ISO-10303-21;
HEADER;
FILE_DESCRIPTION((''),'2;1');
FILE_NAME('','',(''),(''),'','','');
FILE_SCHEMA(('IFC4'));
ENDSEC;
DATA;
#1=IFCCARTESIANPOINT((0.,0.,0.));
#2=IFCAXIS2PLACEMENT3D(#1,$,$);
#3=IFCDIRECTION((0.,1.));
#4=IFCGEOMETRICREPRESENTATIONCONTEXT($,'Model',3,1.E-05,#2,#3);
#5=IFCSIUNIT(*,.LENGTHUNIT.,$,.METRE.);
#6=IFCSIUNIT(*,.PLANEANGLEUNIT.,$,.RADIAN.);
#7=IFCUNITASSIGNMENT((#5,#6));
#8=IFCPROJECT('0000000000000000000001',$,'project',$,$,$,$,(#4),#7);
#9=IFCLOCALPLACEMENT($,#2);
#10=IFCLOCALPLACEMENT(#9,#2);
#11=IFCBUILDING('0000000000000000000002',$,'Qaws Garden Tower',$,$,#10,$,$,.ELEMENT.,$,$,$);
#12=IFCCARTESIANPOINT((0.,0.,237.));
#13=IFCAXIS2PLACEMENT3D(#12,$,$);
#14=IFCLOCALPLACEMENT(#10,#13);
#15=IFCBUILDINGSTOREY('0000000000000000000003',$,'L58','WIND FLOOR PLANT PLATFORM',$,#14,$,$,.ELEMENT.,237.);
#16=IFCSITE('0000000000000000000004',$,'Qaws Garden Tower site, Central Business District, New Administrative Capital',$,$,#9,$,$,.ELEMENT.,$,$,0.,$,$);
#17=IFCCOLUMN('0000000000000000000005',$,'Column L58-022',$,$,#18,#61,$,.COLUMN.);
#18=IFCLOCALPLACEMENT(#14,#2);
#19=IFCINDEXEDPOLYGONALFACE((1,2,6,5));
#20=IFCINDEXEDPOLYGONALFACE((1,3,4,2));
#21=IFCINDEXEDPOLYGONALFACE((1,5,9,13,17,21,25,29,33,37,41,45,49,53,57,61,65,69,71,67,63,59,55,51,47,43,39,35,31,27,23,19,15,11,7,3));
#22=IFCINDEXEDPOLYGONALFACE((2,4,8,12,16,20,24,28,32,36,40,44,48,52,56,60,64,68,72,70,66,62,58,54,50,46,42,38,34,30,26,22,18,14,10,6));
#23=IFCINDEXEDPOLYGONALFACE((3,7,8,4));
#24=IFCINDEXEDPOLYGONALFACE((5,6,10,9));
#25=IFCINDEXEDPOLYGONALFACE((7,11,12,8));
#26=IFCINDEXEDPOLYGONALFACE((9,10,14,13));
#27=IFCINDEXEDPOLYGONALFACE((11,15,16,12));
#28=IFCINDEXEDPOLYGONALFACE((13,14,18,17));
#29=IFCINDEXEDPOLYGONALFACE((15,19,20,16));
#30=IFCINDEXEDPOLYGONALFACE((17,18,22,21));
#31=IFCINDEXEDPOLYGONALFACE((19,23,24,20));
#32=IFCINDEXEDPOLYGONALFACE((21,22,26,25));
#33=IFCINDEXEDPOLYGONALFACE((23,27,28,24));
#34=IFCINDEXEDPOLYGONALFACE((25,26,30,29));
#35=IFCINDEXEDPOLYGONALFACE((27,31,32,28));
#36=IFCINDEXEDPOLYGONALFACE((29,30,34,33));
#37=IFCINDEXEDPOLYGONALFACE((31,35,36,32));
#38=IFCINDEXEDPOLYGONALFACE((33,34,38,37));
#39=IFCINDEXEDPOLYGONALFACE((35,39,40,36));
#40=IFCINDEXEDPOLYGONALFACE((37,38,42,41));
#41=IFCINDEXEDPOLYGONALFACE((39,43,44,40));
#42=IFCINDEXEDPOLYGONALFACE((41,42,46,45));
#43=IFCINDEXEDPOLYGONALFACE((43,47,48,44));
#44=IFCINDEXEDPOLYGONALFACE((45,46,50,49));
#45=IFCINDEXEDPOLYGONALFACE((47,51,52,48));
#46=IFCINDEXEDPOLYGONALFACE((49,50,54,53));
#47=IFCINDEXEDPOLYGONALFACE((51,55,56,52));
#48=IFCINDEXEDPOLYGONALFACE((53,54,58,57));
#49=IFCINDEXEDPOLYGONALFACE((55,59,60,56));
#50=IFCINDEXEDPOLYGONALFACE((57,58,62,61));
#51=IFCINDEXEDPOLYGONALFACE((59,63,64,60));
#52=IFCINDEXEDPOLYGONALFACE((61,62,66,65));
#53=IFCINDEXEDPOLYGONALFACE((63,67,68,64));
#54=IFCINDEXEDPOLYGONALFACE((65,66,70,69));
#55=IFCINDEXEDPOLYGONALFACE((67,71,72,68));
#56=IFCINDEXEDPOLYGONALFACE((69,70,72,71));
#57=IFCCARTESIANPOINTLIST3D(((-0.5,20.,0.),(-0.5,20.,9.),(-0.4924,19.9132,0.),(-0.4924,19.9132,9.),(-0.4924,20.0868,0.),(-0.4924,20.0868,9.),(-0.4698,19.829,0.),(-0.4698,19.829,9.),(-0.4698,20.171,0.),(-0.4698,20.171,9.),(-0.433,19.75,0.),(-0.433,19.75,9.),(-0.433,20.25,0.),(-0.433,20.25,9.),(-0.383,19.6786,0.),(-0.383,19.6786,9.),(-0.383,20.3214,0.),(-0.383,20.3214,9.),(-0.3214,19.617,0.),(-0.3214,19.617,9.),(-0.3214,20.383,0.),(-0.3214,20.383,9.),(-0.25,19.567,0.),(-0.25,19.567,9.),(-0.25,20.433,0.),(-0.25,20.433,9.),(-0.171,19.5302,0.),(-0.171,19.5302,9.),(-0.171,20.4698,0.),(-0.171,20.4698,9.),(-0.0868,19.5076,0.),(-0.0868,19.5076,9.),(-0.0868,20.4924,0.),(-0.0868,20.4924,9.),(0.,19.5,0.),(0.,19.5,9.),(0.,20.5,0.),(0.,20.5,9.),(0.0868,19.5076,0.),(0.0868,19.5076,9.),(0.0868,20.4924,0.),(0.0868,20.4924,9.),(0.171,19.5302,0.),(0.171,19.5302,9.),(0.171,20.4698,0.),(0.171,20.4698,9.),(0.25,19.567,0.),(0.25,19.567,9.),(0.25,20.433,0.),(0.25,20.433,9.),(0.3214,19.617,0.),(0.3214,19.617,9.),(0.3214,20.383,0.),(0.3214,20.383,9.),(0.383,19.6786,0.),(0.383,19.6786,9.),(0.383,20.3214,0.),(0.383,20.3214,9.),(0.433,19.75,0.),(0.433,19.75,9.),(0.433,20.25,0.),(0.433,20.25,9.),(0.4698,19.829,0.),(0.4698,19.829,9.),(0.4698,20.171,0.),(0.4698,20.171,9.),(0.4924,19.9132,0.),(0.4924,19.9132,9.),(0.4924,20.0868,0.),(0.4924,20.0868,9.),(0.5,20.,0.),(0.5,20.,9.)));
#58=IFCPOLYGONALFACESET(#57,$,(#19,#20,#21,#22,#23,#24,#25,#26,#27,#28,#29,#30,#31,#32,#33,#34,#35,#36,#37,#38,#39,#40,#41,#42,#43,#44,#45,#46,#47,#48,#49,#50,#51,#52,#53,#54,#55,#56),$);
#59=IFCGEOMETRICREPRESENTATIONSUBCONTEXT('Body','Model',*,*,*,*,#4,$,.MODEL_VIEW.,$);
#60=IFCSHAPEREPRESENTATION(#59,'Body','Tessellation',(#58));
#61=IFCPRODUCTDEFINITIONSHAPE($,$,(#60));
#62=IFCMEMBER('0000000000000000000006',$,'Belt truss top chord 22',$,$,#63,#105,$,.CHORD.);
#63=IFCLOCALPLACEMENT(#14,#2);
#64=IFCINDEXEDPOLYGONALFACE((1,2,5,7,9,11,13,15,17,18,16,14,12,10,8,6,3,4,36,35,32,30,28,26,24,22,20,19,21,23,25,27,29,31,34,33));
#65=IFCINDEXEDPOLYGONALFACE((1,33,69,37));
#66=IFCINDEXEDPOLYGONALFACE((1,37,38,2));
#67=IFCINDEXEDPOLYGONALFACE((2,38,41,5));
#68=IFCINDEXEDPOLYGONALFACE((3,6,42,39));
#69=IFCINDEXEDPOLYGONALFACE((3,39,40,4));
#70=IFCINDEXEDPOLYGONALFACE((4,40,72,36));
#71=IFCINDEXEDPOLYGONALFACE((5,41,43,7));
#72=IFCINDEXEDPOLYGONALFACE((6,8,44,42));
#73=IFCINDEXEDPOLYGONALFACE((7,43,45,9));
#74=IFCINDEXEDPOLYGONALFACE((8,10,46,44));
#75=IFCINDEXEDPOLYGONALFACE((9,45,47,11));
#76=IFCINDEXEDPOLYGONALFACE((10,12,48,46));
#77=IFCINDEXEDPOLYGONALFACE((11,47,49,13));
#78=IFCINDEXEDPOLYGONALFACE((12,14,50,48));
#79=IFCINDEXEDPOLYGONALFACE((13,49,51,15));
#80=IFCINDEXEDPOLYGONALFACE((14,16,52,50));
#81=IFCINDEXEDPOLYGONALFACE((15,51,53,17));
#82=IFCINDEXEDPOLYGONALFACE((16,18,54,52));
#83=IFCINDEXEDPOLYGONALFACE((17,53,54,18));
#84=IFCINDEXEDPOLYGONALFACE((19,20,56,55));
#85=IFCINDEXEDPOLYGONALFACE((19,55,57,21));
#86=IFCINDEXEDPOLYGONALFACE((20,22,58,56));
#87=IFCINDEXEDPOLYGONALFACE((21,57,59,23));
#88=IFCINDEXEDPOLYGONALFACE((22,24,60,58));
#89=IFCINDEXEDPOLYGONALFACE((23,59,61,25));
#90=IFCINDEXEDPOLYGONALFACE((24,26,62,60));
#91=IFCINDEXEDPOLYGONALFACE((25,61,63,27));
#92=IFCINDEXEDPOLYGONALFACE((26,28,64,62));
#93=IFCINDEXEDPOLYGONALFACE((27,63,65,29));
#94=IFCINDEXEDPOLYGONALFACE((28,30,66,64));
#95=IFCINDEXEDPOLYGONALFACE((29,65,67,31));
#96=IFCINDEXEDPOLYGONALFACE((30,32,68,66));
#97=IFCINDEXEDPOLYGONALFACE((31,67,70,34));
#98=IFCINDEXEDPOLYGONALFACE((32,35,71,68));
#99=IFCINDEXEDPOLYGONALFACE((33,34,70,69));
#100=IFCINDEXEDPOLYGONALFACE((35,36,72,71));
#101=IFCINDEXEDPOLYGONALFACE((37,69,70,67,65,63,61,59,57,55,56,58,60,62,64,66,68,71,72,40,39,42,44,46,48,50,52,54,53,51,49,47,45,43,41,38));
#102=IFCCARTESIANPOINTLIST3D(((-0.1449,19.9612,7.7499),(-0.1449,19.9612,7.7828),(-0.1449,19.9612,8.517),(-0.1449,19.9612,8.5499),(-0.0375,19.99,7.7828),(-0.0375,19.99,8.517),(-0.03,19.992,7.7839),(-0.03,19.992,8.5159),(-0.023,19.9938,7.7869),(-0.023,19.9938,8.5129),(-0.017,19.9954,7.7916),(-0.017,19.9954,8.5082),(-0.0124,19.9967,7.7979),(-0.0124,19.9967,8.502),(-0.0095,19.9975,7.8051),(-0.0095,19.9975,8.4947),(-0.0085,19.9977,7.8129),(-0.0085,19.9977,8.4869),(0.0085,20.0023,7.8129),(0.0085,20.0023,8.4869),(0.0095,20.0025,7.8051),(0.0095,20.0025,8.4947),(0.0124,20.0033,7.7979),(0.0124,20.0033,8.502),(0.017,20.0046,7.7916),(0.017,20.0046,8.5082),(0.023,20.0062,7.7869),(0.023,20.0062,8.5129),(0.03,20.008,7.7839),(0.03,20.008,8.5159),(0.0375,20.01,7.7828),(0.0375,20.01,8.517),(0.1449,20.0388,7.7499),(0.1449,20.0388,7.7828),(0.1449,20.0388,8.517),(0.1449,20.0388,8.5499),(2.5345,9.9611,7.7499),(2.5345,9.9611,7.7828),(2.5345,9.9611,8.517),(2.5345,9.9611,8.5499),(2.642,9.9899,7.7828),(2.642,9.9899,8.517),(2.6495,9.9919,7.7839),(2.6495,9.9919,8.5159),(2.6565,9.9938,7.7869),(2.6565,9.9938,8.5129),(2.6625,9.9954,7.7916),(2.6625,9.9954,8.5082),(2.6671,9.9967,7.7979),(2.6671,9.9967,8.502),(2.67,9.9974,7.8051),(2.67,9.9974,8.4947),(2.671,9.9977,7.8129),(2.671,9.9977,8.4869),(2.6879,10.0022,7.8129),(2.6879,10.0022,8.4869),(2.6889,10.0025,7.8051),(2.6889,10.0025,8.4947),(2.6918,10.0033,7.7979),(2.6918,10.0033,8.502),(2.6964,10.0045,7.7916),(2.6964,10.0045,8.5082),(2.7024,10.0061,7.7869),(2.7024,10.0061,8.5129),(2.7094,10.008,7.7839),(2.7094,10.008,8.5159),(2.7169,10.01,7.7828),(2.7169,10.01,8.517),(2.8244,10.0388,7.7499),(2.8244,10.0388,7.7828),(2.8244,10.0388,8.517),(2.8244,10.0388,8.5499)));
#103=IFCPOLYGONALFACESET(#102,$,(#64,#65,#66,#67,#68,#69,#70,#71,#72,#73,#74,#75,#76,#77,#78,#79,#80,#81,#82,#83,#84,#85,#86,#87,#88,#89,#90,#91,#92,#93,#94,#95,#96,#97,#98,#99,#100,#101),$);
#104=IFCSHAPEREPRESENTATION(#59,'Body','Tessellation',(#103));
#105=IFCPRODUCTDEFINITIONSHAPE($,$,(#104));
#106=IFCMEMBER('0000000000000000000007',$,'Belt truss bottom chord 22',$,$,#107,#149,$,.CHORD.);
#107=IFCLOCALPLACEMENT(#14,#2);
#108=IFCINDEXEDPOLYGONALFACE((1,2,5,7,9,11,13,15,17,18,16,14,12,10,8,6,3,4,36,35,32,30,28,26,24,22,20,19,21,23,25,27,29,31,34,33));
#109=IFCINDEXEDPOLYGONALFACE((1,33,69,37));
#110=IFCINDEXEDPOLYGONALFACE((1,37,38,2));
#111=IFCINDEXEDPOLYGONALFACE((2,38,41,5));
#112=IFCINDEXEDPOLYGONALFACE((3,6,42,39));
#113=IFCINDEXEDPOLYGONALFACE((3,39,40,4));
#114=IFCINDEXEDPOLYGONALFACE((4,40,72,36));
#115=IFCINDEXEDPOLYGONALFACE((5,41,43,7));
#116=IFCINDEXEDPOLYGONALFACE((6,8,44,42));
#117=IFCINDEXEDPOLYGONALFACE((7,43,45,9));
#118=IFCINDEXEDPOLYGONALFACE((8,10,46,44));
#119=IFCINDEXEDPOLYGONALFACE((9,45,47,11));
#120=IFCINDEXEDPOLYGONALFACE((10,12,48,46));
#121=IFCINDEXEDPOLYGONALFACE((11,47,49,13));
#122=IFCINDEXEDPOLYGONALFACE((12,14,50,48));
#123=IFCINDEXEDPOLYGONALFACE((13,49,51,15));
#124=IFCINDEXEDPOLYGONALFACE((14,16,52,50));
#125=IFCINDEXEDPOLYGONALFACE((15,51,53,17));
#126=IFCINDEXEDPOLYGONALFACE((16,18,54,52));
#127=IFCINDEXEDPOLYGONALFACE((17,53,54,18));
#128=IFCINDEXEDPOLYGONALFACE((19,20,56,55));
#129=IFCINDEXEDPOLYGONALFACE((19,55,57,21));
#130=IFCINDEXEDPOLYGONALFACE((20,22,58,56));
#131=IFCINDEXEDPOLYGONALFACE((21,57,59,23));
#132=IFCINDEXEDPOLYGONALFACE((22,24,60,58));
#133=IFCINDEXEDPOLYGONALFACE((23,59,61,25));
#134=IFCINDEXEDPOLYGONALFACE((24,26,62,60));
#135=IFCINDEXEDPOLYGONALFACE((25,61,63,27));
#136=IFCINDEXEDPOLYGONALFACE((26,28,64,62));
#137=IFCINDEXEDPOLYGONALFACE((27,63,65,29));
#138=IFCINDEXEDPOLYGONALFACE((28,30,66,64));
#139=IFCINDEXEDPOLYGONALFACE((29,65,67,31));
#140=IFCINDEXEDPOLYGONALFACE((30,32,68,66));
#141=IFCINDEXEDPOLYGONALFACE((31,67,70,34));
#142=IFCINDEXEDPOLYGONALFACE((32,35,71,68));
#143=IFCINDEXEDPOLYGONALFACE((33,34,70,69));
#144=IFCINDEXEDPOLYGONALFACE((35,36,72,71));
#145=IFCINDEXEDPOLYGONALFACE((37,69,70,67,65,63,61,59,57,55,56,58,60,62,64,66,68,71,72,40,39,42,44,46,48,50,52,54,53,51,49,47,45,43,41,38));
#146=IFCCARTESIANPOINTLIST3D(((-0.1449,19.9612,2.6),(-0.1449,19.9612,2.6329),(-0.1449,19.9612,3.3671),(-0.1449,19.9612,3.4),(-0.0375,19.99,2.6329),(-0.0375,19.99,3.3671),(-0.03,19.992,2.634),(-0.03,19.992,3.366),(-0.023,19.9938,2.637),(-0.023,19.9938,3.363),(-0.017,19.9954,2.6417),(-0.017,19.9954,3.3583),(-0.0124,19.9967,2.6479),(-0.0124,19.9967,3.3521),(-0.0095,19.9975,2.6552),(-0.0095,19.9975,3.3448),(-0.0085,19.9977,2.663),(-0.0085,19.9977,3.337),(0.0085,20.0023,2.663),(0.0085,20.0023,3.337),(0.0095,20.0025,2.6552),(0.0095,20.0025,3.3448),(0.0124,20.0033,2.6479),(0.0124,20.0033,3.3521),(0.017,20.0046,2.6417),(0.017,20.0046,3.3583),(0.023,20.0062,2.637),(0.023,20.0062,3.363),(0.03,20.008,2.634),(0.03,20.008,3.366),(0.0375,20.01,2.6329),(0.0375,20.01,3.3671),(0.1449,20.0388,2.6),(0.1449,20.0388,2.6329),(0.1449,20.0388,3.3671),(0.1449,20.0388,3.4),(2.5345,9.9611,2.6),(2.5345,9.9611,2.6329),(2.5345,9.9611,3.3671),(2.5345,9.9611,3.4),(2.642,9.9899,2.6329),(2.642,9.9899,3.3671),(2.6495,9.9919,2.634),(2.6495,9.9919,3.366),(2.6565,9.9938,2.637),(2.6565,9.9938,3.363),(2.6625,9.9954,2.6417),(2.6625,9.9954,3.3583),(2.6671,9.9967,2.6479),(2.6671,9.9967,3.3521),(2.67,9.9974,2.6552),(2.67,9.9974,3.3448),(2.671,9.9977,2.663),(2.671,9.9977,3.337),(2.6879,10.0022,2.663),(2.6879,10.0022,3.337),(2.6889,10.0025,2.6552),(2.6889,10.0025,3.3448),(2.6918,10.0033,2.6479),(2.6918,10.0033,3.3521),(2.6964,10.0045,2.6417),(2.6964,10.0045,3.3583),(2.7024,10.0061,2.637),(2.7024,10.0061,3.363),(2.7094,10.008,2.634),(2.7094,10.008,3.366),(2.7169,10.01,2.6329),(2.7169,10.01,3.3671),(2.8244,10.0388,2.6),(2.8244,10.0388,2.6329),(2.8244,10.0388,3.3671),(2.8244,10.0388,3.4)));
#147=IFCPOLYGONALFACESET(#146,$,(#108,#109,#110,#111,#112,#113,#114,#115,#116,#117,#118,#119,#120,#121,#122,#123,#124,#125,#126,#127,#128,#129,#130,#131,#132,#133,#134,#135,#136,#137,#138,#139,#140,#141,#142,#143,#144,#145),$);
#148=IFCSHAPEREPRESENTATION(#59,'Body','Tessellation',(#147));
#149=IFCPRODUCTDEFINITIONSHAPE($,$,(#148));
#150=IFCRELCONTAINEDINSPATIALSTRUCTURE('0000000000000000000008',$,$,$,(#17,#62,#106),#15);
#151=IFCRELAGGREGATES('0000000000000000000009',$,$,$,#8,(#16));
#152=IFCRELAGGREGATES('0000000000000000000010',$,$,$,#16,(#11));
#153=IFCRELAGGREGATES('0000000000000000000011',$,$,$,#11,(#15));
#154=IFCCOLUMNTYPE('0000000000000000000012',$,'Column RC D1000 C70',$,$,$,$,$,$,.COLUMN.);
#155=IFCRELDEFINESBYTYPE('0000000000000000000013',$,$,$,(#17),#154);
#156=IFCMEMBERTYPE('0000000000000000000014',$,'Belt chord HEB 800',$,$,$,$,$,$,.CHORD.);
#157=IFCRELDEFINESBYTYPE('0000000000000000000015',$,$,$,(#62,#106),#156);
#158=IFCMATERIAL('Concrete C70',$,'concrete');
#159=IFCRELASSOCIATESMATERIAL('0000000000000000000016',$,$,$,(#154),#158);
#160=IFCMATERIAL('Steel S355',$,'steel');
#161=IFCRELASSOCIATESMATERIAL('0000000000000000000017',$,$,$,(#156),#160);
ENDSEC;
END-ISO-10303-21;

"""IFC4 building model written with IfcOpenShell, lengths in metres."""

from ifc_helpers import new_model, si_unit, direction, frame, origin, origin_2d, place, context, subcontext, project, spatial, circle, i_section, extrude, material, material_profile, profile_set, type_object, element, save


model = new_model("IFC4")

# Units and contexts
model_context = context("Model", 3, precision=1e-05, world=origin(), true_north=direction((0.0, 1.0)))
body_context = subcontext(model_context, "Body", "Model", "MODEL_VIEW")
ifc_project = project(units=[si_unit("LENGTHUNIT", "METRE"), si_unit("PLANEANGLEUNIT", "RADIAN")], contexts=[model_context])

# Site, building, storey
site_placement = place(None, origin())
site = spatial("IfcSite", under=ifc_project, at=site_placement, Name="Qaws Garden Tower site, Central Business District, New Administrative Capital", CompositionType="ELEMENT", RefElevation=0.0)
building_placement = place(site_placement, origin())
building = spatial("IfcBuilding", under=site, at=building_placement, Name="Qaws Garden Tower", CompositionType="ELEMENT")
storey_placement = place(building_placement, frame((0.0, 0.0, 237.0)))
storey = spatial("IfcBuildingStorey", under=building, at=storey_placement, Name="L58", Description="WIND FLOOR PLANT PLATFORM", CompositionType="ELEMENT", Elevation=237.0)

# Column
ifc_material_1 = material(Name="Concrete C70", Category="concrete")
ifc_material_profile_1 = material_profile(ifc_material_1, circle(Radius=0.5, at=origin_2d()), Name="RC D1000")
ifc_profile_set_1 = profile_set([ifc_material_profile_1], Name="Concrete C70")
column_type = type_object("IfcColumnType", Name="Column RC D1000 C70", PredefinedType="COLUMN", material=ifc_profile_set_1)
column_placement = place(storey_placement, frame((0.0, 20.0, 0.0), z_axis=(0.0, 0.0, 1.0), x_axis=(1.0, 0.0, 0.0)))
element("IfcColumn", 1, at=column_placement, inside=storey, type_object=column_type, Name="Column L58-022", PredefinedType="COLUMN", context=body_context, shape_type="SweptSolid", body=[
    extrude(circle(Radius=0.5, at=origin_2d()), origin(), (0.0, 0.0, 1.0), 9.0),
])

# Members
ifc_material_2 = material(Name="Steel S355", Category="steel")
ifc_material_profile_2 = material_profile(ifc_material_2, i_section(OverallWidth=0.3, OverallDepth=0.8, WebThickness=0.0176, FlangeThickness=0.033, FilletRadius=0.03, at=origin_2d()), Name="HEB 800")
ifc_profile_set_2 = profile_set([ifc_material_profile_2], Name="Steel S355")
member_type_1 = type_object("IfcMemberType", Name="Belt chord HEB 800", PredefinedType="CHORD", material=ifc_profile_set_2)
for number, where, z_axis, x_axis, name in (
    (2, (0.0, 20.0, 8.1499), (0.258815, -0.965927, 0.0), (0.965927, 0.258815, 0.0), "Belt truss top chord 22"),
    (3, (0.0, 20.0, 3.0), (0.258815, -0.965927, 0.0), (0.965927, 0.258815, 0.0), "Belt truss bottom chord 22"),
):
    element("IfcMember", number, at=place(storey_placement, frame(where, z_axis=z_axis, x_axis=x_axis)), inside=storey, type_object=member_type_1, Name=name, PredefinedType="CHORD", context=body_context, shape_type="SweptSolid", body=[
        extrude(i_section(OverallWidth=0.3, OverallDepth=0.8, WebThickness=0.0176, FlangeThickness=0.033, FilletRadius=0.03, at=origin_2d()), origin(), (0.0, 0.0, 1.0), 10.3528),
    ])

save(model, "model.ifc")
